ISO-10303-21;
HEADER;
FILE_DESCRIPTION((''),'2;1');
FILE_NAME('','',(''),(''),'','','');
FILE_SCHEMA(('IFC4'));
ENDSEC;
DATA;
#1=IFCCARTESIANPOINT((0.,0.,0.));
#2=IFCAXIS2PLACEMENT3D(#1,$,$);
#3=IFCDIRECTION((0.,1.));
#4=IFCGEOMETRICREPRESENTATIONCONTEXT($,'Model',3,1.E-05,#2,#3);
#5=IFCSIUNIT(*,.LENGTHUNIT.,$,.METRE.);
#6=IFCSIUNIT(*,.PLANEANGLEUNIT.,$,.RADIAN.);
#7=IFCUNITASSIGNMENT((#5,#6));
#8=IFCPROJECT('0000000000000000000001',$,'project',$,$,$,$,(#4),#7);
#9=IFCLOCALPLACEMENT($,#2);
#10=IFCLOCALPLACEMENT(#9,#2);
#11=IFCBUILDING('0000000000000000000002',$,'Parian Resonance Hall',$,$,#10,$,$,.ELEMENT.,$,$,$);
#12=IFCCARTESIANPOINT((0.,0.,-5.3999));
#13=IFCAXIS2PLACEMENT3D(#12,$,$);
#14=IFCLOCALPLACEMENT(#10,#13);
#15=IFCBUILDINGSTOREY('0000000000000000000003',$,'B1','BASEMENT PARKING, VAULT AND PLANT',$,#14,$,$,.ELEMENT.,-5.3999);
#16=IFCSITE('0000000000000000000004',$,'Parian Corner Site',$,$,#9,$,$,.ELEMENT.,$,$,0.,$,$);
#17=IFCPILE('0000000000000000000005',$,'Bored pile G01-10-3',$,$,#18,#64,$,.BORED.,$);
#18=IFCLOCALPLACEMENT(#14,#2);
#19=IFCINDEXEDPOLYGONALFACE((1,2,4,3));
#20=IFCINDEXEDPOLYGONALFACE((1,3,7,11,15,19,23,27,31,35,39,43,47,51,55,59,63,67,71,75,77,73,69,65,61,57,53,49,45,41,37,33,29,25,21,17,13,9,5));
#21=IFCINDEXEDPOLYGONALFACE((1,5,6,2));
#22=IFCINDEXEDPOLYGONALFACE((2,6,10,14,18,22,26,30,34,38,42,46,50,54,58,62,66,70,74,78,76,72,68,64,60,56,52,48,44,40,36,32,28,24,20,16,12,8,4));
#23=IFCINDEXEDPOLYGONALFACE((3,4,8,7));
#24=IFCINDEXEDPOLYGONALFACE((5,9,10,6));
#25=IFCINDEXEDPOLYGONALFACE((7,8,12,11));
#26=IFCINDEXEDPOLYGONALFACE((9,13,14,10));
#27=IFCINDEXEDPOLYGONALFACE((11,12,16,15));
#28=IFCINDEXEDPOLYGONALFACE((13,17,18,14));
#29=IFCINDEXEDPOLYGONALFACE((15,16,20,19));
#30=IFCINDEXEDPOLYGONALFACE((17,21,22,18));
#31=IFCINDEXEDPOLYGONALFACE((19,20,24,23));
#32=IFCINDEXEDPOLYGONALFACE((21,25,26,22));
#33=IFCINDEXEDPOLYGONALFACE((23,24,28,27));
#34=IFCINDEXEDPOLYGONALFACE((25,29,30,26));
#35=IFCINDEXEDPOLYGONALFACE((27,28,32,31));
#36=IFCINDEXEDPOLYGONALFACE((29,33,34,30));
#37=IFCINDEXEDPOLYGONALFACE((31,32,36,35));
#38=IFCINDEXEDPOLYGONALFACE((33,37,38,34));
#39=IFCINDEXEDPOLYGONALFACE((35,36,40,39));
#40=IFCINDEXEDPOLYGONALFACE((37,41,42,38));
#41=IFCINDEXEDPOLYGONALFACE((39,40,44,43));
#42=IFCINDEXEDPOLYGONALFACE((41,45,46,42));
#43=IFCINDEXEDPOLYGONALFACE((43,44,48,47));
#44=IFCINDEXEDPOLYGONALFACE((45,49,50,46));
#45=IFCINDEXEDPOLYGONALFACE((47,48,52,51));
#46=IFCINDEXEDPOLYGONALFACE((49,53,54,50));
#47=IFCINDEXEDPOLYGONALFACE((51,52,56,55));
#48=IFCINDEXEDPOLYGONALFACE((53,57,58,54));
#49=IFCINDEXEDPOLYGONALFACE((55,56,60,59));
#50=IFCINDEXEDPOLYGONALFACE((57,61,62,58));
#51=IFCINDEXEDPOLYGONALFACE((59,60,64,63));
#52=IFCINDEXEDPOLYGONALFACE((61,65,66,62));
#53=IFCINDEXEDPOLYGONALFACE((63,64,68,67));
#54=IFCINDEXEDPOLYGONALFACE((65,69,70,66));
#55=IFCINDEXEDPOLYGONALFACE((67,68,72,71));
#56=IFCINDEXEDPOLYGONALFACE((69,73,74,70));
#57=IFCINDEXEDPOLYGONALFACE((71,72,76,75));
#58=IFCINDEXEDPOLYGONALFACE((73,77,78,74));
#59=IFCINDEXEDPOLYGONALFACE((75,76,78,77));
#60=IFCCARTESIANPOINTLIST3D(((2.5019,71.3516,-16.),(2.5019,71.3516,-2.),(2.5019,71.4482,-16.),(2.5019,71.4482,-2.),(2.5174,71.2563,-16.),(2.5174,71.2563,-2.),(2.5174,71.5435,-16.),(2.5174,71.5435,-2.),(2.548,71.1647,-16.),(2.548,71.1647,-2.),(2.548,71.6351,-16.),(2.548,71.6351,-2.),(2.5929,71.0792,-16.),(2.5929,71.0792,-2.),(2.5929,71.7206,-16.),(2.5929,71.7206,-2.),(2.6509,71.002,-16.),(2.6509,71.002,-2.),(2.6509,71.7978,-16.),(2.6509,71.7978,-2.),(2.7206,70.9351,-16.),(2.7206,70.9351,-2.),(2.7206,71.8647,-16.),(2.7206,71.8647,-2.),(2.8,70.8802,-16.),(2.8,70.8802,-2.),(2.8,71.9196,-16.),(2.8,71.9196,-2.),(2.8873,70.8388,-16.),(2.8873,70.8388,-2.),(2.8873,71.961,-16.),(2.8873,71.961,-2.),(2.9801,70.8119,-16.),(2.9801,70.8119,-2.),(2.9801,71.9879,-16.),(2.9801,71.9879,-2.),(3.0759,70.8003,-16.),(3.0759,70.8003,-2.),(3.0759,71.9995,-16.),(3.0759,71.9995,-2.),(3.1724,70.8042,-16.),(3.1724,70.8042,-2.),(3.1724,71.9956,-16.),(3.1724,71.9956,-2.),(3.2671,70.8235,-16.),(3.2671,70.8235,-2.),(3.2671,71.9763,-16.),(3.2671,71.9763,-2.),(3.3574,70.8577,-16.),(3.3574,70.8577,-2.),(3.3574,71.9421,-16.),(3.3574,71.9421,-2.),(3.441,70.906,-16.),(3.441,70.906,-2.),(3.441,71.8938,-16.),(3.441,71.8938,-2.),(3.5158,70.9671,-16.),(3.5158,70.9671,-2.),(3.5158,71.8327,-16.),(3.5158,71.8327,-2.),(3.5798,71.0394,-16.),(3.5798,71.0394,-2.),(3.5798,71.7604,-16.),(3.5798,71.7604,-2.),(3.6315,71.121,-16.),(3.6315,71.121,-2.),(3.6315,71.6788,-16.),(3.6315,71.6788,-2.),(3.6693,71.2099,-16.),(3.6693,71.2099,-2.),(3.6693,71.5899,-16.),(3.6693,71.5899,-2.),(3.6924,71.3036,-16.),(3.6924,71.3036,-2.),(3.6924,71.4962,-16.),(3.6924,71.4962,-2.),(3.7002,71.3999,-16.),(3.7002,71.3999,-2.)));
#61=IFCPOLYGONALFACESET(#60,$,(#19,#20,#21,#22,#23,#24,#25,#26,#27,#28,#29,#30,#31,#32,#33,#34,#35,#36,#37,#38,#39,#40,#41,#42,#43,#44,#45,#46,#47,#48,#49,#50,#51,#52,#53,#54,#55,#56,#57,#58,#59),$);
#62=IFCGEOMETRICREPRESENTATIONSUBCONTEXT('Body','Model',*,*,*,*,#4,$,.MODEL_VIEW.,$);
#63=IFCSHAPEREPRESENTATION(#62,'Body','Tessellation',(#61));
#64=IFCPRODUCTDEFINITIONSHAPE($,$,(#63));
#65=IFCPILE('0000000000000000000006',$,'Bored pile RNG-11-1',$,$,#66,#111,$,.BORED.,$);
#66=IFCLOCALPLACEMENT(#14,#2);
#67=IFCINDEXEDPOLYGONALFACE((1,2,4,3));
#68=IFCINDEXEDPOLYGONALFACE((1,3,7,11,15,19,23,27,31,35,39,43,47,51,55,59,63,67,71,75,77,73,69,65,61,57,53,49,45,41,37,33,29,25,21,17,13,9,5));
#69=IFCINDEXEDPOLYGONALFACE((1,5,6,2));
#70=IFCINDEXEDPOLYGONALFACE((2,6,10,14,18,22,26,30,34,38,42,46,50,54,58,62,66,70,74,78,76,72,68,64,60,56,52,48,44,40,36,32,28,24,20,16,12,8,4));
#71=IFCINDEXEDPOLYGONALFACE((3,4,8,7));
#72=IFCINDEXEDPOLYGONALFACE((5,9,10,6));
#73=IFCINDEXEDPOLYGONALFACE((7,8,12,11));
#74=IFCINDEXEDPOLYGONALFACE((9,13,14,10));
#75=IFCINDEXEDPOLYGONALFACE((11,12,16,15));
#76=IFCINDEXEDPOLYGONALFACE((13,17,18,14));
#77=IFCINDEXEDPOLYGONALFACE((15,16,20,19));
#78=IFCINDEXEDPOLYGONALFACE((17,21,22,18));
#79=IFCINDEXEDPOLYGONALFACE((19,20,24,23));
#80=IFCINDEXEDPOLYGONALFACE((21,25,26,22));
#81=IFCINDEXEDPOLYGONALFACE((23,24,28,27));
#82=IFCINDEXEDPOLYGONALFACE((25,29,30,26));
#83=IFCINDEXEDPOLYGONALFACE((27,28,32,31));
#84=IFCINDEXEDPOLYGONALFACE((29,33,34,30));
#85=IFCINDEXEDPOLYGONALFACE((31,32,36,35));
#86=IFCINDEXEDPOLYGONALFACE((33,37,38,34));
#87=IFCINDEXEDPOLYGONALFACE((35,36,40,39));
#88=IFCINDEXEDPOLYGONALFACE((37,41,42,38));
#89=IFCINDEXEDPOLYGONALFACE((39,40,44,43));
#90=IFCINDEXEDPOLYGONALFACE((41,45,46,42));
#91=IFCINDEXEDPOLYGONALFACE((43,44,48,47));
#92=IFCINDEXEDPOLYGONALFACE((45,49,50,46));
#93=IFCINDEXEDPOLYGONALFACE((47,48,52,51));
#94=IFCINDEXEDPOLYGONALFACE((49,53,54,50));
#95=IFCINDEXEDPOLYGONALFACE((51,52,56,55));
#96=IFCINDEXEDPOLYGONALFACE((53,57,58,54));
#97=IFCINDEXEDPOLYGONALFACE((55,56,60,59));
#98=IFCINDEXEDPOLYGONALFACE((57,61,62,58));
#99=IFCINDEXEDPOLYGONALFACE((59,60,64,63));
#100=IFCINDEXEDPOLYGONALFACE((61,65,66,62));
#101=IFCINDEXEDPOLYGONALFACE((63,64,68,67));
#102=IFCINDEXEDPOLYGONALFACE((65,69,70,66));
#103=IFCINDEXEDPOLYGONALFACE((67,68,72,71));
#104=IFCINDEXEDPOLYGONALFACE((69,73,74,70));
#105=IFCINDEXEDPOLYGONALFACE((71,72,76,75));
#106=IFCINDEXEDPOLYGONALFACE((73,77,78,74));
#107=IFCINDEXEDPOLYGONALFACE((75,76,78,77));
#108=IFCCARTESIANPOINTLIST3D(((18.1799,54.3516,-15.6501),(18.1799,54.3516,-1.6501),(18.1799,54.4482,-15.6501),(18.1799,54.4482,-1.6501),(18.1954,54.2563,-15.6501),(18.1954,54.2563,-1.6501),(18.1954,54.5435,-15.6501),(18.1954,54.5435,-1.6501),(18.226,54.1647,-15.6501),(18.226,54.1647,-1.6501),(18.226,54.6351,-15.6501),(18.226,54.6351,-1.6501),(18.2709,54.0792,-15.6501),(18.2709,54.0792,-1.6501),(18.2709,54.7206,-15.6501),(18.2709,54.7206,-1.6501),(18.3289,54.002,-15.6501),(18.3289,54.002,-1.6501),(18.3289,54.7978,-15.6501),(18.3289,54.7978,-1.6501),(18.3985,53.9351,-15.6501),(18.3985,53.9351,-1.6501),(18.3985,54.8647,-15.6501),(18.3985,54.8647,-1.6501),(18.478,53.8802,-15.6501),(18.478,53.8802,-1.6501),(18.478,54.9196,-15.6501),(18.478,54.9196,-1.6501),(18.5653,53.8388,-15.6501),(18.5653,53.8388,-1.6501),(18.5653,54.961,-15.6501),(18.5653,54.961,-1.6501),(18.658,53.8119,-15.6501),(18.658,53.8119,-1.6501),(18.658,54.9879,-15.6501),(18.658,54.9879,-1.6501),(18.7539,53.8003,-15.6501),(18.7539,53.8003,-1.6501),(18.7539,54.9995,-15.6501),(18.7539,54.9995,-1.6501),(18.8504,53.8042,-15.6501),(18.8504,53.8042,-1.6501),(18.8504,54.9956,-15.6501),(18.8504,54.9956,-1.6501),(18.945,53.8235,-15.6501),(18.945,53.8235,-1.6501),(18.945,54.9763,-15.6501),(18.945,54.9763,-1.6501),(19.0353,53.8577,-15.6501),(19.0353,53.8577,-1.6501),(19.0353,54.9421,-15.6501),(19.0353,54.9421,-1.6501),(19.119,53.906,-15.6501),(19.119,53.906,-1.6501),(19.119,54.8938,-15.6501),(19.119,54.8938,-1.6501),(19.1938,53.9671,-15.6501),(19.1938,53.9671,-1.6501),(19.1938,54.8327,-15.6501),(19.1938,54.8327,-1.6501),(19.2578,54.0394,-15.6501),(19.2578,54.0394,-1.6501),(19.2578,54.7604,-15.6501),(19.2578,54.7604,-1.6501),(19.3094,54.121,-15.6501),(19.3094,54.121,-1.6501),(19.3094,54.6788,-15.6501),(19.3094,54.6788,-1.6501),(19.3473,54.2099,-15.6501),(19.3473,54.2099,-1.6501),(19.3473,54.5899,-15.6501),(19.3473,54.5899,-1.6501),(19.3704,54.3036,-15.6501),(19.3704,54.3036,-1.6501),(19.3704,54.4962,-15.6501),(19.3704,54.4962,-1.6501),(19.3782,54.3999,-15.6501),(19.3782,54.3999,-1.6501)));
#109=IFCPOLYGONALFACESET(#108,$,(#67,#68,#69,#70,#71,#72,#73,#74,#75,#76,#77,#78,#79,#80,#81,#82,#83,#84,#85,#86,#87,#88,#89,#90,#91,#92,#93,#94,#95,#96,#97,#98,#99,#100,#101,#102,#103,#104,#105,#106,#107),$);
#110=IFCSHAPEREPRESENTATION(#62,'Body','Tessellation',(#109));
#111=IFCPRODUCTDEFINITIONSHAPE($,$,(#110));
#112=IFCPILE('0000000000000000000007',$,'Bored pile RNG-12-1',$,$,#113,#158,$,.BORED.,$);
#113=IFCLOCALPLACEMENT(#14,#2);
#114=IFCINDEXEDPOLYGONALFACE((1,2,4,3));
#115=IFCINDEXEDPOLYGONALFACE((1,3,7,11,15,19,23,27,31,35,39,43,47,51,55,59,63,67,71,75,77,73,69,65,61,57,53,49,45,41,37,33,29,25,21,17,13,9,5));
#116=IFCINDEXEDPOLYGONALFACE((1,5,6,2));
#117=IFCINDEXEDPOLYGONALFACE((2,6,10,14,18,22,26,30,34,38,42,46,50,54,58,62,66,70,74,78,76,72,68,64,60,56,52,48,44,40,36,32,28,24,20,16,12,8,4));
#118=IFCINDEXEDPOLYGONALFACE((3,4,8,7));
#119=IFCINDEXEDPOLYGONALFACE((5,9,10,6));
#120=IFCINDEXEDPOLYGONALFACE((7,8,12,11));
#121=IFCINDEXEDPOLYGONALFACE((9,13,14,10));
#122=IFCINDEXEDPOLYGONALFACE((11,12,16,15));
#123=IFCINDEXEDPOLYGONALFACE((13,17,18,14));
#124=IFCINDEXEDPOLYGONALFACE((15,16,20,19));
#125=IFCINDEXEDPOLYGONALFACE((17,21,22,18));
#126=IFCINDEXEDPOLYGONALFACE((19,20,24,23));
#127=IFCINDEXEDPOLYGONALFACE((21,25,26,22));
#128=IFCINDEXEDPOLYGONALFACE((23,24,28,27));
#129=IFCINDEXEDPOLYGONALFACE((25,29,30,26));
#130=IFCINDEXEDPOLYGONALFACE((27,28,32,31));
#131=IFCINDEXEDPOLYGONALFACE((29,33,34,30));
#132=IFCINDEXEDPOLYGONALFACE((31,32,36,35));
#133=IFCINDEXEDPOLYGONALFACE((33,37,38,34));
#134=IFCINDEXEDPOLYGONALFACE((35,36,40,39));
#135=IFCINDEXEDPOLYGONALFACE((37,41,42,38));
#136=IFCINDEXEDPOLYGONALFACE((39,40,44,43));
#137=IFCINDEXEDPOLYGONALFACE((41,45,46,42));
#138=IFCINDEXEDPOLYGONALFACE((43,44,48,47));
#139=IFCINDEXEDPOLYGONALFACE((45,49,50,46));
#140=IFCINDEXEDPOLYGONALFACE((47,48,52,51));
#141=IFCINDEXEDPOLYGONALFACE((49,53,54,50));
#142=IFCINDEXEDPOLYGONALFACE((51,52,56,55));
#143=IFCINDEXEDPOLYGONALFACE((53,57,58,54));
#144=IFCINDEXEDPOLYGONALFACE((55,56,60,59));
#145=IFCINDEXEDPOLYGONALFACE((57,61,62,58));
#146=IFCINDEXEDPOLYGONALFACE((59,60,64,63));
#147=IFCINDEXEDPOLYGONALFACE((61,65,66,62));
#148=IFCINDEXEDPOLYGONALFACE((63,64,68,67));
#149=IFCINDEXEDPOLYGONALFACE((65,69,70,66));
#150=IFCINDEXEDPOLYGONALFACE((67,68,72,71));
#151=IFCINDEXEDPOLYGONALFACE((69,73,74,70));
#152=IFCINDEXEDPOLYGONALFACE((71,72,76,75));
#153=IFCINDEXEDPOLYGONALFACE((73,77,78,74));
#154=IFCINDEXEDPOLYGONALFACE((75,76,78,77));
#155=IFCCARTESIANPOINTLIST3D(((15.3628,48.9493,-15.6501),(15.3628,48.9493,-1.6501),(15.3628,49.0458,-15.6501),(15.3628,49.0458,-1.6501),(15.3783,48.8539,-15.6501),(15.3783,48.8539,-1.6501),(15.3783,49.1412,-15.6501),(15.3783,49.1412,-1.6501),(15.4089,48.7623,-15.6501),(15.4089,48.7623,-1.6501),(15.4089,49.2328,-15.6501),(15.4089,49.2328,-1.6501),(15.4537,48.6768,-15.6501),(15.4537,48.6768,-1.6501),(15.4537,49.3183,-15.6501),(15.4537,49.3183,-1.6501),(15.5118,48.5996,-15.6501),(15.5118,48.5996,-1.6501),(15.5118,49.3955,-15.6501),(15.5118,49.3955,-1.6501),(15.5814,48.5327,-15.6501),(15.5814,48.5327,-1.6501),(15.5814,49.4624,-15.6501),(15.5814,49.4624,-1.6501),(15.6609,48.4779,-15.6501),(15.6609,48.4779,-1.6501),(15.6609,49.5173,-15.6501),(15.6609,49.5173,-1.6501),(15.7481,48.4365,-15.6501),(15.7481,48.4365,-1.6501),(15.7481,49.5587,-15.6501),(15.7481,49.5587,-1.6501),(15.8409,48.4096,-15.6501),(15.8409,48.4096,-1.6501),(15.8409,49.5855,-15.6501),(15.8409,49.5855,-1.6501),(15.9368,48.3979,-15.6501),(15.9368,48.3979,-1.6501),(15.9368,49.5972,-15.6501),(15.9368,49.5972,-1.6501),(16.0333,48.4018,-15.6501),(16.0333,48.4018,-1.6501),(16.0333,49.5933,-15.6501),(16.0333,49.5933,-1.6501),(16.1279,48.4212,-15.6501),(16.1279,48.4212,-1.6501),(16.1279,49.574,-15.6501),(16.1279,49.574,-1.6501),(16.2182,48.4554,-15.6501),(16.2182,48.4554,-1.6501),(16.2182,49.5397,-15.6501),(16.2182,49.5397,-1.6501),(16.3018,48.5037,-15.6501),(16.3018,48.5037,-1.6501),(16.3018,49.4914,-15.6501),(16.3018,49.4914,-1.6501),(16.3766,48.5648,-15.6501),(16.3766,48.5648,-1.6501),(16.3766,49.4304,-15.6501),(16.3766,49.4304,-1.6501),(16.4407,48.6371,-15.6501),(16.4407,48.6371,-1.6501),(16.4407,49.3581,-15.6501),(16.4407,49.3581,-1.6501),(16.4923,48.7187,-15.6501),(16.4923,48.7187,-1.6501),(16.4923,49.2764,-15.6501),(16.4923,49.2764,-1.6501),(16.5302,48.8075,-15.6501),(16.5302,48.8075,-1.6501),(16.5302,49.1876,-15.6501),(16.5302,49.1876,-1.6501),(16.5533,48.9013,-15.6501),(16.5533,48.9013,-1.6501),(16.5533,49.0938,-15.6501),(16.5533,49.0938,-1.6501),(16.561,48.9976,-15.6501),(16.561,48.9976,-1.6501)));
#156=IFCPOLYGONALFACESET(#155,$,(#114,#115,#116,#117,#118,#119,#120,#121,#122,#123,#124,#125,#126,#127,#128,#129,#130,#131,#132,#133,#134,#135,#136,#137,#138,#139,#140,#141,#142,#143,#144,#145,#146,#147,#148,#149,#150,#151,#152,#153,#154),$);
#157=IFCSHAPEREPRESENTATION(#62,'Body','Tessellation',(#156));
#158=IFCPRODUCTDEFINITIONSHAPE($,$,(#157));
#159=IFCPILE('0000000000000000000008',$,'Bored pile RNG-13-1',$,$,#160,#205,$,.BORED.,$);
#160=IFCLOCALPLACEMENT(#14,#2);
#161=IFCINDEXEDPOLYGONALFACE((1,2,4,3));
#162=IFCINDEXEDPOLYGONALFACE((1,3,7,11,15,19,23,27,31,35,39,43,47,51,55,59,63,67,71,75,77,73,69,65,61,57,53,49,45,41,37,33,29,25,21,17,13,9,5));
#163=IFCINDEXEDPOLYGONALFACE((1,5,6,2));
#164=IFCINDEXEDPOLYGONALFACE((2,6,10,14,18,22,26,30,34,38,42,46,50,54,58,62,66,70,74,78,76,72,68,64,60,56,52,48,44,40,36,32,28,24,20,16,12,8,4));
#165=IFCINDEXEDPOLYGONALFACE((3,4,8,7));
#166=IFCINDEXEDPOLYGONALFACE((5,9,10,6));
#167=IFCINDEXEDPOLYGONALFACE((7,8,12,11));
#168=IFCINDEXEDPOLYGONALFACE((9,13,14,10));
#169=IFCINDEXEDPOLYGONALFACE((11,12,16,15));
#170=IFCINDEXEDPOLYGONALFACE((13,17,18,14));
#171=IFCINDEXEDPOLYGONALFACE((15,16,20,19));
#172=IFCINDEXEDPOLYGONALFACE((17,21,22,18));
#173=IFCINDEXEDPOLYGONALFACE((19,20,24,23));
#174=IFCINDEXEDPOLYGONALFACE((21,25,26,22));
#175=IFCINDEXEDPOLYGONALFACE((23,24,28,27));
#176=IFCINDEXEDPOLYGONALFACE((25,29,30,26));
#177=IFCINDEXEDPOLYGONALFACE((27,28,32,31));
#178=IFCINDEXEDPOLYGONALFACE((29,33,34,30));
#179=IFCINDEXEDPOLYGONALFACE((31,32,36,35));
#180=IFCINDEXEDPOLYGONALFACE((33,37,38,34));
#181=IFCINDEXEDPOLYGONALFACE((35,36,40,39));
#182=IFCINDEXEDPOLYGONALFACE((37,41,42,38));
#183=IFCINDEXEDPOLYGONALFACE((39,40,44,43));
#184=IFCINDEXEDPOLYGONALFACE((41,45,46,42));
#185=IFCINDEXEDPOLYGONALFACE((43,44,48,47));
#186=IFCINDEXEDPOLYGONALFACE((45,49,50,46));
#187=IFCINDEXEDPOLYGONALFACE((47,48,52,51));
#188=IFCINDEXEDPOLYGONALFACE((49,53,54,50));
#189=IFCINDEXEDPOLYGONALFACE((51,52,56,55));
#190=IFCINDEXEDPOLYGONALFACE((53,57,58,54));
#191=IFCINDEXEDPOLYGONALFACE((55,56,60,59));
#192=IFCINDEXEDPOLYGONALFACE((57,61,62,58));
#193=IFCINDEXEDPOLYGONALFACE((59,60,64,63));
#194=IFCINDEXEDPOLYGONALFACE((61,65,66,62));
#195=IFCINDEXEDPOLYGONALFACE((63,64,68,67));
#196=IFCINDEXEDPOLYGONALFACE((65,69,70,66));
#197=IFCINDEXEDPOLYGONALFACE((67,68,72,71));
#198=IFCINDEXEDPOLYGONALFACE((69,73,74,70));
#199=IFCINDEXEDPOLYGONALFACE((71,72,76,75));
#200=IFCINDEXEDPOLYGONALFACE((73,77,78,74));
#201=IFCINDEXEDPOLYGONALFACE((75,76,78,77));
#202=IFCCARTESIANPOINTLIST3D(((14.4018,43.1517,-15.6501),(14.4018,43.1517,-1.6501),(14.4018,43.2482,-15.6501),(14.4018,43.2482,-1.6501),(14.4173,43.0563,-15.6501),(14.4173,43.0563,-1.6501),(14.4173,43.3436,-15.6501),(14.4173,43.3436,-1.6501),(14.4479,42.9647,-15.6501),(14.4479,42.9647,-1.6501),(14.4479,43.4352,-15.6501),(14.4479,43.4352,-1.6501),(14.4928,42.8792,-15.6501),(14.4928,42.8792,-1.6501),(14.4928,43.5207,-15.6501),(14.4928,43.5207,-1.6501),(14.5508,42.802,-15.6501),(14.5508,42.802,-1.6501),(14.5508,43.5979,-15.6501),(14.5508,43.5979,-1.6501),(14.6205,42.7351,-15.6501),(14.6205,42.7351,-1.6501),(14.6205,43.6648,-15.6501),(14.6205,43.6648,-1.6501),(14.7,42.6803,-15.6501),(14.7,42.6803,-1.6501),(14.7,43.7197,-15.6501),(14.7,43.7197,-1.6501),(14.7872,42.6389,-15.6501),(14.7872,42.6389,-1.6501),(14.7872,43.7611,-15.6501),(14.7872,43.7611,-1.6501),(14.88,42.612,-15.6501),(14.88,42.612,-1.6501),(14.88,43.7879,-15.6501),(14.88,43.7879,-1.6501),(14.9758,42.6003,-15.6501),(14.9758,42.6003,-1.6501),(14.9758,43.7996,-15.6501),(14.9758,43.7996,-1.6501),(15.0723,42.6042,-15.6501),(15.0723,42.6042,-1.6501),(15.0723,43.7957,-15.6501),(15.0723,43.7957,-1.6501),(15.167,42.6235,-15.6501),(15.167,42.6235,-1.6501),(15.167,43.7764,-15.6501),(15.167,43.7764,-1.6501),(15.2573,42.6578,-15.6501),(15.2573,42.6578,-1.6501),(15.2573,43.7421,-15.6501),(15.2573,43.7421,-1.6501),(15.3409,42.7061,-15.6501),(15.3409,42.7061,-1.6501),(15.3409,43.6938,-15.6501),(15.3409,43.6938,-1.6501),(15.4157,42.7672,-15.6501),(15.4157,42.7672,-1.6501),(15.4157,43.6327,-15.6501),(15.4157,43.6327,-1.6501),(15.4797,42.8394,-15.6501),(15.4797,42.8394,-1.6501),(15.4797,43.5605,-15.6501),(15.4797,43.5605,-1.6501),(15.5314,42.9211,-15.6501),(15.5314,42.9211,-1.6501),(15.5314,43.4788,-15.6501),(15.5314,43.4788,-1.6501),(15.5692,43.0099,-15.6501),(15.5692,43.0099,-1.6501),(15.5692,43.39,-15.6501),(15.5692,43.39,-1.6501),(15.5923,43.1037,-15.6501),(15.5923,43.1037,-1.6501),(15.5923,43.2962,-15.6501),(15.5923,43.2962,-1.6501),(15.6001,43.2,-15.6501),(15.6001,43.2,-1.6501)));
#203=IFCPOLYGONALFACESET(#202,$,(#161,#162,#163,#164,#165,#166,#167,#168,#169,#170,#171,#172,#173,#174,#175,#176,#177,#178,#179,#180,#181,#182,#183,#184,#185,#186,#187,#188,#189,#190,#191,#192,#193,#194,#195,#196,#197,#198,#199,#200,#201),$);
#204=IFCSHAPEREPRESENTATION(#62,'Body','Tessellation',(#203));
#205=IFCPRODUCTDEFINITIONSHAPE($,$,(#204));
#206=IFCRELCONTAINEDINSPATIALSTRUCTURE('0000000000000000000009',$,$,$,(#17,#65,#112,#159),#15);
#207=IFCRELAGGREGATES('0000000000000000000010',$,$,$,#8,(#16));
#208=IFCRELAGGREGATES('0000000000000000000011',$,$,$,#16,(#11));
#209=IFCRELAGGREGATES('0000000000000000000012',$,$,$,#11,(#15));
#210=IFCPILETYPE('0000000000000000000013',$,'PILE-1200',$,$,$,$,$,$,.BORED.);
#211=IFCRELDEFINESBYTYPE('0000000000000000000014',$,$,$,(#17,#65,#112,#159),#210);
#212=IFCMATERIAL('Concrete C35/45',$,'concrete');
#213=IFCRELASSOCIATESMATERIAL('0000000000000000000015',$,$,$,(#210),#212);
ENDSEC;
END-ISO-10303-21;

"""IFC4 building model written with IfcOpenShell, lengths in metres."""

from ifc_helpers import new_model, si_unit, direction, frame, origin, origin_2d, place, context, subcontext, project, spatial, circle, extrude, material, material_profile, profile_set, type_object, element, save


model = new_model("IFC4")

# Units and contexts
model_context = context("Model", 3, precision=1e-05, world=origin(), true_north=direction((0.0, 1.0)))
body_context = subcontext(model_context, "Body", "Model", "MODEL_VIEW")
ifc_project = project(units=[si_unit("LENGTHUNIT", "METRE"), si_unit("PLANEANGLEUNIT", "RADIAN")], contexts=[model_context])

# Site, building, storey
site_placement = place(None, origin())
site = spatial("IfcSite", under=ifc_project, at=site_placement, Name="Parian Corner Site", CompositionType="ELEMENT", RefElevation=0.0)
building_placement = place(site_placement, origin())
building = spatial("IfcBuilding", under=site, at=building_placement, Name="Parian Resonance Hall", CompositionType="ELEMENT")
storey_placement = place(building_placement, frame((0.0, 0.0, -5.3999)))
storey = spatial("IfcBuildingStorey", under=building, at=storey_placement, Name="B1", Description="BASEMENT PARKING, VAULT AND PLANT", CompositionType="ELEMENT", Elevation=-5.3999)

# Piles
ifc_material_1 = material(Name="Concrete C35/45", Category="concrete")
ifc_material_profile_1 = material_profile(ifc_material_1, circle(Radius=0.6001, at=origin_2d()), Name="PILE-D1200")
ifc_profile_set_1 = profile_set([ifc_material_profile_1], Name="Concrete C35/45")
pile_type_1 = type_object("IfcPileType", Name="PILE-1200", PredefinedType="BORED", material=ifc_profile_set_1)
for number, where, z_axis, x_axis, name in (
    (1, (3.1001, 71.3999, -2.0), (0.0, 0.0, -1.0), (1.0, 0.0, 0.0), "Bored pile G01-10-3"),
    (2, (18.7781, 54.3999, -1.6501), (0.0, 0.0, -1.0), (1.0, 0.0, 0.0), "Bored pile RNG-11-1"),
    (3, (15.9609, 48.9976, -1.6501), (0.0, 0.0, -1.0), (1.0, 0.0, 0.0), "Bored pile RNG-12-1"),
    (4, (15.0, 43.2, -1.6501), (0.0, 0.0, -1.0), (1.0, 0.0, 0.0), "Bored pile RNG-13-1"),
):
    element("IfcPile", number, at=place(storey_placement, frame(where, z_axis=z_axis, x_axis=x_axis)), inside=storey, type_object=pile_type_1, Name=name, PredefinedType="BORED", context=body_context, shape_type="SweptSolid", body=[
        extrude(circle(Radius=0.6001, at=origin_2d()), origin(), (0.0, 0.0, 1.0), 14.0),
    ])

save(model, "model.ifc")
